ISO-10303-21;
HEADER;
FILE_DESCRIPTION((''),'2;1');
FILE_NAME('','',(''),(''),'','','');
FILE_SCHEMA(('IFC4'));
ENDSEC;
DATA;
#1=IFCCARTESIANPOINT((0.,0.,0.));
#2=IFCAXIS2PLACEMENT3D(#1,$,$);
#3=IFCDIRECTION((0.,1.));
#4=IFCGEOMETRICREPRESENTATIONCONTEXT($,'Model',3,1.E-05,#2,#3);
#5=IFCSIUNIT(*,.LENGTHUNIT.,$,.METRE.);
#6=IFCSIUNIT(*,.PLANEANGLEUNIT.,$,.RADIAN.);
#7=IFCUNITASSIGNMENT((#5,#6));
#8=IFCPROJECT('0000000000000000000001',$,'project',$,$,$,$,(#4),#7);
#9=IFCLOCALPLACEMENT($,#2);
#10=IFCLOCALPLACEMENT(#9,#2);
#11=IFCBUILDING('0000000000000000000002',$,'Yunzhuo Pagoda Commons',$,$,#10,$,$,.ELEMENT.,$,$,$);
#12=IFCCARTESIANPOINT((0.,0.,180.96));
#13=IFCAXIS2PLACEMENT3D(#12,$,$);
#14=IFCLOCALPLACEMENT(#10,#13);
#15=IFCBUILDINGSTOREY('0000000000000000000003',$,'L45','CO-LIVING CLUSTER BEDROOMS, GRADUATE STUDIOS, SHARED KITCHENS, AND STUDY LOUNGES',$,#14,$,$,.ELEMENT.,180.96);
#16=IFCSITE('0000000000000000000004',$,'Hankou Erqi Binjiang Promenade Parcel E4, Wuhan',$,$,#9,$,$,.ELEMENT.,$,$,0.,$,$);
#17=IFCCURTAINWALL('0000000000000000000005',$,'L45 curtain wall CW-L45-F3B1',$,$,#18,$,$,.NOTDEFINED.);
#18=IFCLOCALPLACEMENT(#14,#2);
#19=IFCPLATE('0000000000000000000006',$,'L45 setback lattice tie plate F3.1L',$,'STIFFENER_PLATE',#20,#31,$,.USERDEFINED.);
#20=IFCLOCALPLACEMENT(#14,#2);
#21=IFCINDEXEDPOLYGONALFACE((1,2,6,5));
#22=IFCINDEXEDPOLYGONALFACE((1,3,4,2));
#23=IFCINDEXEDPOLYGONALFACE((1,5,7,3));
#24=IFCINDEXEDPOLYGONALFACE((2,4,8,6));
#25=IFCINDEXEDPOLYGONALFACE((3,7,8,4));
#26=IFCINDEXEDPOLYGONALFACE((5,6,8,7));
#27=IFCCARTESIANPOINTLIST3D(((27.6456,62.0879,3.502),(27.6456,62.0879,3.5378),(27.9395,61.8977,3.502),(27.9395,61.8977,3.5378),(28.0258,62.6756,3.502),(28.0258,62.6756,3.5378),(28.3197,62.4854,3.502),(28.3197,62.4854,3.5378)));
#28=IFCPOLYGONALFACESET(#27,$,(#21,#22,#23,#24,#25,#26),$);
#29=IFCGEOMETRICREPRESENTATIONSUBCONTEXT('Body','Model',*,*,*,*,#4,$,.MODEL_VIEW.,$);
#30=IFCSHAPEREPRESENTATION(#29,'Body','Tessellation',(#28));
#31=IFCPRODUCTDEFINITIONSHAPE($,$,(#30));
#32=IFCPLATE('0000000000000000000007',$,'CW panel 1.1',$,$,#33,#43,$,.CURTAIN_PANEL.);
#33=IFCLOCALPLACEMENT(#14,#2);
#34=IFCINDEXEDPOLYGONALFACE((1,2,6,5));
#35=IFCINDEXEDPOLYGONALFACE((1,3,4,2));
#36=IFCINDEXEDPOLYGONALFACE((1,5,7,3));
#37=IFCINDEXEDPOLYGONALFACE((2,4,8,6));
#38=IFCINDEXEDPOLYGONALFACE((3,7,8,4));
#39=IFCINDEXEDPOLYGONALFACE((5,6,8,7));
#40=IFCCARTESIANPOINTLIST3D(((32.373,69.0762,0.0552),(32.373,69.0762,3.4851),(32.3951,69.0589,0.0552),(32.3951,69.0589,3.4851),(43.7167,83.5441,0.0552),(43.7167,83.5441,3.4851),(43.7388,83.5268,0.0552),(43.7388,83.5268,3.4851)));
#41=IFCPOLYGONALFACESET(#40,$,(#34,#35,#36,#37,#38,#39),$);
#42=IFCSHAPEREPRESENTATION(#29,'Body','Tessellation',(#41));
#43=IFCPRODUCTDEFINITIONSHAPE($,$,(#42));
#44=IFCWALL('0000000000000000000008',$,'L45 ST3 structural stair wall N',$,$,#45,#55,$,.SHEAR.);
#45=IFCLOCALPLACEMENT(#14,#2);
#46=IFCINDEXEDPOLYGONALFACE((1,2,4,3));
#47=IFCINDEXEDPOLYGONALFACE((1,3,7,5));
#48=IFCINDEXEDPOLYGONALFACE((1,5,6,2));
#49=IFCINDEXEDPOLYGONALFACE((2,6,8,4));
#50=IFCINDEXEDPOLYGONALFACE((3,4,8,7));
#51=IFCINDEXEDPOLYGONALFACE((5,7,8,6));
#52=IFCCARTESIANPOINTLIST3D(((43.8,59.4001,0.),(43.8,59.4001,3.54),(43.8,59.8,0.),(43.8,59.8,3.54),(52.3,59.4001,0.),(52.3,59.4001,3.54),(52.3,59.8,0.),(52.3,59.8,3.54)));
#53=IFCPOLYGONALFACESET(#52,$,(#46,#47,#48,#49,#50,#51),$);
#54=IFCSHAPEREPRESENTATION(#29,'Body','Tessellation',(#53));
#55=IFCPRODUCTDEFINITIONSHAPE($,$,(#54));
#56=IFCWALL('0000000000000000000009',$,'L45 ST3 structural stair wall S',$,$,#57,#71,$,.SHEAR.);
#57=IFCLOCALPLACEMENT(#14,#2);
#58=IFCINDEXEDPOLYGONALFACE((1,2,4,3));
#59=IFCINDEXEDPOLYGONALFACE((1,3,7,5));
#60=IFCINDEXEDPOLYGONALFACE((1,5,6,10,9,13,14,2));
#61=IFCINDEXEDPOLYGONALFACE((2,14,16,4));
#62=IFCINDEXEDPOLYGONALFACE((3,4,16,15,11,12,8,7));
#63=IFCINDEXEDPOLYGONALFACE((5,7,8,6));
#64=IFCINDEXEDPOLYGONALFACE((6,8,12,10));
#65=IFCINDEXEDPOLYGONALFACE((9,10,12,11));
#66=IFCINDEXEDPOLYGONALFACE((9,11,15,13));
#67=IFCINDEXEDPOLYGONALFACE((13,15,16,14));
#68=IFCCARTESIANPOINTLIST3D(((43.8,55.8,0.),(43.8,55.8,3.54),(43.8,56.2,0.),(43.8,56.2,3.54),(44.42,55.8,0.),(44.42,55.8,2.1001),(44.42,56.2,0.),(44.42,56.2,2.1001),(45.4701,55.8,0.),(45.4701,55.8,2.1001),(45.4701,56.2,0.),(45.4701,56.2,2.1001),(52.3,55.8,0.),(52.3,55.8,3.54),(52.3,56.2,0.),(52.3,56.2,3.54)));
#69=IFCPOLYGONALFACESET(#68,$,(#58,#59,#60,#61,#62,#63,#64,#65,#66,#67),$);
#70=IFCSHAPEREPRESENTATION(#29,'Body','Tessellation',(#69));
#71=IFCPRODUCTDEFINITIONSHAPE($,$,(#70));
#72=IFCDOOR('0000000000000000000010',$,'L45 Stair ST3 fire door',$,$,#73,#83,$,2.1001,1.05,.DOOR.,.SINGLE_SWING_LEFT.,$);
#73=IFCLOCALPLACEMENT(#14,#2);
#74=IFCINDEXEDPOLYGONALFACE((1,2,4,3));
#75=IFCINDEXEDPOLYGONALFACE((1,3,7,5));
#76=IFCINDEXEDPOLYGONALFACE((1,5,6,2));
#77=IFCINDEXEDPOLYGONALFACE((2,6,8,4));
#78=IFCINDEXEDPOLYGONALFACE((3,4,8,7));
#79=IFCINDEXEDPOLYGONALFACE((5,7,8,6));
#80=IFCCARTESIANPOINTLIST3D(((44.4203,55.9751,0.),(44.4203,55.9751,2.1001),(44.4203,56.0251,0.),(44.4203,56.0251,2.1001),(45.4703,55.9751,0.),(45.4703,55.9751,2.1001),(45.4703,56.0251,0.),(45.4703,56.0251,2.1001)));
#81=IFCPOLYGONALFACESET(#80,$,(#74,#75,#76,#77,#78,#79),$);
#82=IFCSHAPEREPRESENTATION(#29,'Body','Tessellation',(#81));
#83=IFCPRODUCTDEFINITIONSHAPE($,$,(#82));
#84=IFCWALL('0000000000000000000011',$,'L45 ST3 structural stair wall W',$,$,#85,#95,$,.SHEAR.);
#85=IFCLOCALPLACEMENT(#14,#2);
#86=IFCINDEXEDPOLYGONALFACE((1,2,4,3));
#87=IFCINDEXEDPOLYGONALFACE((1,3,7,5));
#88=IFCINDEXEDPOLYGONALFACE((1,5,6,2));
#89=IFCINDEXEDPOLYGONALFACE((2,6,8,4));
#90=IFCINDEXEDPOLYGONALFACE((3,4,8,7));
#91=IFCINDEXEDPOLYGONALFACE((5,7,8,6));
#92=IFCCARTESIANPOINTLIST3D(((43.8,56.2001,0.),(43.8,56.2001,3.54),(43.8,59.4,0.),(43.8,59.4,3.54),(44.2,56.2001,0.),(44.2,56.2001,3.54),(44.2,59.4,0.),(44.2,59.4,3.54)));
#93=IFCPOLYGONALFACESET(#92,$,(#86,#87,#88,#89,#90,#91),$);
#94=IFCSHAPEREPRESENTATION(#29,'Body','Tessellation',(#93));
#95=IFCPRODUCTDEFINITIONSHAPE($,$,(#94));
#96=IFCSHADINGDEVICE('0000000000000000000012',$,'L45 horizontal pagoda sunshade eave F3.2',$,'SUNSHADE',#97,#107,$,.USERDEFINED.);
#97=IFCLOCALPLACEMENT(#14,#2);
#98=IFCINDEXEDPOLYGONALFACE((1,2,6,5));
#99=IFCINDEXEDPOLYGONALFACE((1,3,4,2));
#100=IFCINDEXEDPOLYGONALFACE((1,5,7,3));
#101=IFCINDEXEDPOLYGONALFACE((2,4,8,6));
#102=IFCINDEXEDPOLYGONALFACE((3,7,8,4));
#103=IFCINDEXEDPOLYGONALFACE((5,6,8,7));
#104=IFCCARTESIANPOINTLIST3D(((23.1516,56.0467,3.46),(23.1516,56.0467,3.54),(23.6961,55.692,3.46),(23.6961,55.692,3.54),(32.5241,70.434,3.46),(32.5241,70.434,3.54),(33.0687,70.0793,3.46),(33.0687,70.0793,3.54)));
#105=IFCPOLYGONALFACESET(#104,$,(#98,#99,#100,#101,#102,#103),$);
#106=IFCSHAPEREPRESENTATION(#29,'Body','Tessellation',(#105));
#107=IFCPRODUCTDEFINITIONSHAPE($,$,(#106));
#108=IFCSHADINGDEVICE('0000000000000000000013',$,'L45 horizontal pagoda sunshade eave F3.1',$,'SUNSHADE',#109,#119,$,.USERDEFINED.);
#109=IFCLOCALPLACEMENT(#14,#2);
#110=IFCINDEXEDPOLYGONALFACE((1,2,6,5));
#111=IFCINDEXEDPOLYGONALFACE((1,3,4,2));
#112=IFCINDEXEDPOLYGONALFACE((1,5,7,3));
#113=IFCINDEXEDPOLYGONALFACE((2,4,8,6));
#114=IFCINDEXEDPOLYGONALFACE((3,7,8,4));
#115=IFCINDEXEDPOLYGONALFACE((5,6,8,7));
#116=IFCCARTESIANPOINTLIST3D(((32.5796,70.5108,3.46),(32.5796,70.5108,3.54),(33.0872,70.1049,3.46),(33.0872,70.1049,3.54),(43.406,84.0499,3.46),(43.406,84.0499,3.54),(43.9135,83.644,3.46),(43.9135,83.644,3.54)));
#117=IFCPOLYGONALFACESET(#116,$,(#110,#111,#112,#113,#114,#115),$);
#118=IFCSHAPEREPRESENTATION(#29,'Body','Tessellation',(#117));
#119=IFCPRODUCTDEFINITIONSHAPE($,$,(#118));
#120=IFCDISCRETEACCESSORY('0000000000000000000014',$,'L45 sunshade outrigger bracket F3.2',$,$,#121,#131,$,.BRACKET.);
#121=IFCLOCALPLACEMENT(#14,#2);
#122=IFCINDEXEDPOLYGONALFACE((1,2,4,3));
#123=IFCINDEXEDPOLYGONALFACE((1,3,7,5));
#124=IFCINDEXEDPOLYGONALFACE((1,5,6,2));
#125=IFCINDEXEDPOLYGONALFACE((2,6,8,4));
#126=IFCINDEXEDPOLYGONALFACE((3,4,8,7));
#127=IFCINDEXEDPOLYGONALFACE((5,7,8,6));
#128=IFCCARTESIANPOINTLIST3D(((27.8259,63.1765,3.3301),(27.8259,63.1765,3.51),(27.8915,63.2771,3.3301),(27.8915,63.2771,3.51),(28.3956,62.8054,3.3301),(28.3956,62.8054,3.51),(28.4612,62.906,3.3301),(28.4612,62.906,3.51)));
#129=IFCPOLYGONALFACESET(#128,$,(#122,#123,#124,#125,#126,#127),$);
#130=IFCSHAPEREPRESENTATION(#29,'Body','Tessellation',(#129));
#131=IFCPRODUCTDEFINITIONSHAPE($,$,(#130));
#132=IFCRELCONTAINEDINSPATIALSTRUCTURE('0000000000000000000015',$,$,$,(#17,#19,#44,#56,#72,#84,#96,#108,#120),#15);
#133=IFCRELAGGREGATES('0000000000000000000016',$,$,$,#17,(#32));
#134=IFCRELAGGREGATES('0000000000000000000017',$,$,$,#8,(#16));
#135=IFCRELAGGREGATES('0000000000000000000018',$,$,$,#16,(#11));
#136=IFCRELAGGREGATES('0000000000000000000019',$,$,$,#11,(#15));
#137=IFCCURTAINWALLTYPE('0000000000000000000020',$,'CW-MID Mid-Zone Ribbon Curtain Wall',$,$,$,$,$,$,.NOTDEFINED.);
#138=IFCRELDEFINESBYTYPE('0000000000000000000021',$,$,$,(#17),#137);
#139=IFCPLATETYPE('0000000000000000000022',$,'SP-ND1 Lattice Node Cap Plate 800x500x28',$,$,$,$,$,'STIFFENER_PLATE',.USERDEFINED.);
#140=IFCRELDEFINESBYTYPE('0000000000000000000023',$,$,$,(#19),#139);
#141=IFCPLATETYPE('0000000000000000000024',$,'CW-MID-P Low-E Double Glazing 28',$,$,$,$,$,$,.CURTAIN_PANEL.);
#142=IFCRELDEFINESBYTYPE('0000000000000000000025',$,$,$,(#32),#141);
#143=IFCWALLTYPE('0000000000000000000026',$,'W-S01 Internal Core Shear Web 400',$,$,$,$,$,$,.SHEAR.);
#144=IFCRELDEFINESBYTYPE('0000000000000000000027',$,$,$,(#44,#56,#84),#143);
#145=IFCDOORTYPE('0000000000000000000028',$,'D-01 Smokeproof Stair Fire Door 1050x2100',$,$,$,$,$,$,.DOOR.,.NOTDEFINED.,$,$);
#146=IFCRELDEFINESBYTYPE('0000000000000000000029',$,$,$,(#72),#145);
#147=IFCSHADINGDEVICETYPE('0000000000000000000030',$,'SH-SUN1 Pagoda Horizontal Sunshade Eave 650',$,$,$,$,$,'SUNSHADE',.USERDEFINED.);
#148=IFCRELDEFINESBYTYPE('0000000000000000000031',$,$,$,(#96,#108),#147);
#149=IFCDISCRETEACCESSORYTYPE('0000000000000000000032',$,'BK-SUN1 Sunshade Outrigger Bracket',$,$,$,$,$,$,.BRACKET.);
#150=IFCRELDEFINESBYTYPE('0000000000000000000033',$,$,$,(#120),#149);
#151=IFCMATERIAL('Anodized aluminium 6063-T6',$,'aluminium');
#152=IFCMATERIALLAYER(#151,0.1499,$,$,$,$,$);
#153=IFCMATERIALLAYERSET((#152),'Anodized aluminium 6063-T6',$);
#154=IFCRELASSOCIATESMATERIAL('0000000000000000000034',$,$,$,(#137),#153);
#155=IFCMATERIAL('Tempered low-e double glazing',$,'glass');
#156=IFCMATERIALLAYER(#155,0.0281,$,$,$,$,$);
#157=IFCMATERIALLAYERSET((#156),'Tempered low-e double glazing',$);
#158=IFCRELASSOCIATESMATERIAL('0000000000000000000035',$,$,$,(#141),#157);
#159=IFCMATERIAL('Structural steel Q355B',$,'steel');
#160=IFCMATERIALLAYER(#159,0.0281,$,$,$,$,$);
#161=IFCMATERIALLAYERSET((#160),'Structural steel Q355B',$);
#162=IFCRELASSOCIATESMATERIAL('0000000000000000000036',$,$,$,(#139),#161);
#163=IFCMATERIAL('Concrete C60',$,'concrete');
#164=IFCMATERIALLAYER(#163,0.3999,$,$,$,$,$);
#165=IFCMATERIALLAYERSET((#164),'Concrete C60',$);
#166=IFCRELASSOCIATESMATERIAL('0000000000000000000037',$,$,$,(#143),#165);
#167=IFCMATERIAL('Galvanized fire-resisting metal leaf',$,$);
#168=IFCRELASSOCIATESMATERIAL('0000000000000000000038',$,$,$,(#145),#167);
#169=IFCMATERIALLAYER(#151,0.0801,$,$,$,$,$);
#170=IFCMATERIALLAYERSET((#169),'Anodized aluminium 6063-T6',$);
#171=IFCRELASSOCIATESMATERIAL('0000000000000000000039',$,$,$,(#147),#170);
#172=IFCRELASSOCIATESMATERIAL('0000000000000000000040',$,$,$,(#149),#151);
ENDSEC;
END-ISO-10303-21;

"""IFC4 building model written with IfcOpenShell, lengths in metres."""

from ifc_helpers import new_model, si_unit, direction, frame, frame_2d, origin, origin_2d, place, context, subcontext, project, spatial, rectangle, extrude, source, transform, mapped, material, layer, layer_set, type_object, element, fill, aggregate, save


model = new_model("IFC4")

# Units and contexts
model_context = context("Model", 3, precision=1e-05, world=origin(), true_north=direction((0.0, 1.0)))
body_context = subcontext(model_context, "Body", "Model", "MODEL_VIEW")
ifc_project = project(units=[si_unit("LENGTHUNIT", "METRE"), si_unit("PLANEANGLEUNIT", "RADIAN")], contexts=[model_context])

# Site, building, storey
site_placement = place(None, origin())
site = spatial("IfcSite", under=ifc_project, at=site_placement, Name="Hankou Erqi Binjiang Promenade Parcel E4, Wuhan", CompositionType="ELEMENT", RefElevation=0.0)
building_placement = place(site_placement, origin())
building = spatial("IfcBuilding", under=site, at=building_placement, Name="Yunzhuo Pagoda Commons", CompositionType="ELEMENT")
storey_placement = place(building_placement, frame((0.0, 0.0, 180.96)))
storey = spatial("IfcBuildingStorey", under=building, at=storey_placement, Name="L45", Description="CO-LIVING CLUSTER BEDROOMS, GRADUATE STUDIOS, SHARED KITCHENS, AND STUDY LOUNGES", CompositionType="ELEMENT", Elevation=180.96)

# Shared definitions
ifc_material_1 = material(Name="Structural steel Q355B", Category="steel")

# Shared definitions
ifc_material_2 = material(Name="Anodized aluminium 6063-T6", Category="aluminium")
ifc_layer_1 = layer(ifc_material_2, 0.1499)
ifc_layer_set_1 = layer_set([ifc_layer_1], Name="Anodized aluminium 6063-T6")
curtain_wall_type = type_object("IfcCurtainWallType", Name="CW-MID Mid-Zone Ribbon Curtain Wall", PredefinedType="NOTDEFINED", material=ifc_layer_set_1)

# Curtain wall
curtain_wall_1_placement = place(storey_placement, origin())
curtain_wall_1 = element("IfcCurtainWall", 1, at=curtain_wall_1_placement, inside=storey, type_object=curtain_wall_type, Name="L45 curtain wall CW-L45-F3B1", PredefinedType="NOTDEFINED")

# Plates
ifc_material_3 = material(Name="Tempered low-e double glazing", Category="glass")
ifc_layer_2 = layer(ifc_material_3, 0.0281)
ifc_layer_set_2 = layer_set([ifc_layer_2], Name="Tempered low-e double glazing")
plate_type_1 = type_object("IfcPlateType", Name="CW-MID-P Low-E Double Glazing 28", PredefinedType="CURTAIN_PANEL", material=ifc_layer_set_2)
ifc_layer_3 = layer(ifc_material_1, 0.0281)
ifc_layer_set_3 = layer_set([ifc_layer_3], Name="Structural steel Q355B")
plate_type_2 = type_object("IfcPlateType", Name="SP-ND1 Lattice Node Cap Plate 800x500x28", ElementType="STIFFENER_PLATE", PredefinedType="USERDEFINED", material=ifc_layer_set_3)
shared_shape_1 = source(origin(), body_context, "Body", "SweptSolid", [
    extrude(rectangle(XDim=0.7, YDim=0.3501, at=origin_2d()), origin(), (0.0, 0.0, 1.0), 0.0359),
])
plate_1_placement = place(storey_placement, frame((27.9827, 62.2866, 3.502), z_axis=(0.0, 0.0, 1.0), x_axis=(-0.54316, -0.839629, 0.0)))
element("IfcPlate", 2, at=plate_1_placement, inside=storey, type_object=plate_type_2, Name="L45 setback lattice tie plate F3.1L", ObjectType="STIFFENER_PLATE", PredefinedType="USERDEFINED", context=body_context, shape_type="MappedRepresentation", body=[
    mapped(shared_shape_1, transform((0.0, 0.0, 0.0), scale=1.0)),
])
shared_shape_2 = source(origin(), body_context, "Body", "SweptSolid", [
    extrude(rectangle(XDim=18.3848, YDim=0.0281, at=origin_2d()), origin(), (0.0, 0.0, 1.0), 3.4299),
])
plate_2_placement = place(storey_placement, frame((38.0559, 76.3015, 0.0552), z_axis=(0.0, 0.0, 1.0), x_axis=(-0.617016, -0.78695, 0.0)))
plate_2 = element("IfcPlate", 3, at=plate_2_placement, type_object=plate_type_1, Name="CW panel 1.1", PredefinedType="CURTAIN_PANEL", context=body_context, shape_type="MappedRepresentation", body=[
    mapped(shared_shape_2, transform((0.0, 0.0, 0.0), scale=1.0)),
])
aggregate(curtain_wall_1, [plate_2])

# Wall
ifc_material_4 = material(Name="Concrete C60", Category="concrete")
ifc_layer_4 = layer(ifc_material_4, 0.3999)
ifc_layer_set_4 = layer_set([ifc_layer_4], Name="Concrete C60")
wall_type = type_object("IfcWallType", Name="W-S01 Internal Core Shear Web 400", PredefinedType="SHEAR", material=ifc_layer_set_4)
wall_1_placement = place(storey_placement, frame((43.8, 59.6001, 0.0), z_axis=(0.0, 0.0, 1.0), x_axis=(1.0, 0.0, 0.0)))
element("IfcWall", 4, at=wall_1_placement, inside=storey, type_object=wall_type, Name="L45 ST3 structural stair wall N", PredefinedType="SHEAR", context=body_context, shape_type="SweptSolid", body=[
    extrude(rectangle(XDim=8.5, YDim=0.3999, at=frame_2d((4.25, 0.0))), origin(), (0.0, 0.0, 1.0), 3.54),
])

# Wall, opening, door
wall_2_placement = place(storey_placement, frame((43.8, 56.0, 0.0), z_axis=(0.0, 0.0, 1.0), x_axis=(1.0, 0.0, 0.0)))
wall_2 = element("IfcWall", 5, at=wall_2_placement, inside=storey, type_object=wall_type, Name="L45 ST3 structural stair wall S", PredefinedType="SHEAR", context=body_context, shape_type="SweptSolid", body=[
    extrude(rectangle(XDim=8.5, YDim=0.3999, at=frame_2d((4.25, 0.0))), origin(), (0.0, 0.0, 1.0), 3.54),
])
opening_placement = place(wall_2_placement, frame((0.6201, 0.0, 0.0)))
opening = element("IfcOpeningElement", 6, at=opening_placement, cuts=wall_2, PredefinedType="OPENING", context=body_context, shape_type="SweptSolid", body=[
    extrude(rectangle(XDim=1.05, YDim=2.1001, at=frame_2d((0.5249, 1.05))), frame((0.0, 0.21, 0.0), z_axis=(0.0, -1.0, 0.0), x_axis=(1.0, 0.0, 0.0)), (0.0, 0.0, 1.0), 0.4199),
])
ifc_material_5 = material(Name="Galvanized fire-resisting metal leaf")
door_type = type_object("IfcDoorType", Name="D-01 Smokeproof Stair Fire Door 1050x2100", OperationType="NOTDEFINED", PredefinedType="DOOR", material=ifc_material_5)
shared_shape_3 = source(origin(), body_context, "Body", "SweptSolid", [
    extrude(rectangle(XDim=1.05, YDim=2.1001, at=frame_2d((0.5249, 1.05))), frame((0.0, 0.0249, 0.0), z_axis=(0.0, -1.0, 0.0), x_axis=(1.0, 0.0, 0.0)), (0.0, 0.0, 1.0), 0.05),
])
door_placement = place(opening_placement, frame((1.05, 0.0, 0.0), z_axis=(0.0, 0.0, 1.0), x_axis=(-1.0, 0.0, 0.0)))
door = element("IfcDoor", 7, at=door_placement, inside=storey, type_object=door_type, Name="L45 Stair ST3 fire door", OperationType="SINGLE_SWING_LEFT", OverallHeight=2.1001, OverallWidth=1.05, PredefinedType="DOOR", context=body_context, shape_type="MappedRepresentation", body=[
    mapped(shared_shape_3, transform((0.0, 0.0, 0.0), scale=1.0)),
])
fill(opening, door)

# Wall
wall_3_placement = place(storey_placement, frame((44.0, 56.2, 0.0), z_axis=(0.0, 0.0, 1.0), x_axis=(0.0, 1.0, 0.0)))
element("IfcWall", 8, at=wall_3_placement, inside=storey, type_object=wall_type, Name="L45 ST3 structural stair wall W", PredefinedType="SHEAR", context=body_context, shape_type="SweptSolid", body=[
    extrude(rectangle(XDim=3.2, YDim=0.3999, at=frame_2d((1.6001, 0.0))), origin(), (0.0, 0.0, 1.0), 3.54),
])

# Shading devices
ifc_layer_5 = layer(ifc_material_2, 0.0801)
ifc_layer_set_5 = layer_set([ifc_layer_5], Name="Anodized aluminium 6063-T6")
shading_device_type = type_object("IfcShadingDeviceType", Name="SH-SUN1 Pagoda Horizontal Sunshade Eave 650", ElementType="SUNSHADE", PredefinedType="USERDEFINED", material=ifc_layer_set_5)
shared_shape_4 = source(origin(), body_context, "Body", "SweptSolid", [
    extrude(rectangle(XDim=17.1709, YDim=0.6499, at=origin_2d()), origin(), (0.0, 0.0, 1.0), 0.0801),
])
shading_device_1_placement = place(storey_placement, frame((28.1101, 63.063, 3.46), z_axis=(0.0, 0.0, 1.0), x_axis=(-0.545839, -0.83789, 0.0)))
element("IfcShadingDevice", 9, at=shading_device_1_placement, inside=storey, type_object=shading_device_type, Name="L45 horizontal pagoda sunshade eave F3.2", ObjectType="SUNSHADE", PredefinedType="USERDEFINED", context=body_context, shape_type="MappedRepresentation", body=[
    mapped(shared_shape_4, transform((0.0, 0.0, 0.0), scale=1.0)),
])
shared_shape_5 = source(origin(), body_context, "Body", "SweptSolid", [
    extrude(rectangle(XDim=17.3354, YDim=0.6499, at=origin_2d()), origin(), (0.0, 0.0, 1.0), 0.0801),
])
shading_device_2_placement = place(storey_placement, frame((38.2466, 77.0774, 3.46), z_axis=(0.0, 0.0, 1.0), x_axis=(-0.62452, -0.781008, 0.0)))
element("IfcShadingDevice", 10, at=shading_device_2_placement, inside=storey, type_object=shading_device_type, Name="L45 horizontal pagoda sunshade eave F3.1", ObjectType="SUNSHADE", PredefinedType="USERDEFINED", context=body_context, shape_type="MappedRepresentation", body=[
    mapped(shared_shape_5, transform((0.0, 0.0, 0.0), scale=1.0)),
])

# Discrete accessory
discrete_accessory_type = type_object("IfcDiscreteAccessoryType", Name="BK-SUN1 Sunshade Outrigger Bracket", PredefinedType="BRACKET", material=ifc_material_2)
shared_shape_6 = source(origin(), body_context, "Body", "SweptSolid", [
    extrude(rectangle(XDim=0.1201, YDim=0.6799, at=origin_2d()), origin(), (0.0, 0.0, 1.0), 0.1799),
])
discrete_accessory_placement = place(storey_placement, frame((28.1436, 63.0413, 3.3301), z_axis=(0.0, 0.0, 1.0), x_axis=(-0.545839, -0.83789, 0.0)))
element("IfcDiscreteAccessory", 11, at=discrete_accessory_placement, inside=storey, type_object=discrete_accessory_type, Name="L45 sunshade outrigger bracket F3.2", PredefinedType="BRACKET", context=body_context, shape_type="MappedRepresentation", body=[
    mapped(shared_shape_6, transform((0.0, 0.0, 0.0), scale=1.0)),
])

save(model, "model.ifc")
